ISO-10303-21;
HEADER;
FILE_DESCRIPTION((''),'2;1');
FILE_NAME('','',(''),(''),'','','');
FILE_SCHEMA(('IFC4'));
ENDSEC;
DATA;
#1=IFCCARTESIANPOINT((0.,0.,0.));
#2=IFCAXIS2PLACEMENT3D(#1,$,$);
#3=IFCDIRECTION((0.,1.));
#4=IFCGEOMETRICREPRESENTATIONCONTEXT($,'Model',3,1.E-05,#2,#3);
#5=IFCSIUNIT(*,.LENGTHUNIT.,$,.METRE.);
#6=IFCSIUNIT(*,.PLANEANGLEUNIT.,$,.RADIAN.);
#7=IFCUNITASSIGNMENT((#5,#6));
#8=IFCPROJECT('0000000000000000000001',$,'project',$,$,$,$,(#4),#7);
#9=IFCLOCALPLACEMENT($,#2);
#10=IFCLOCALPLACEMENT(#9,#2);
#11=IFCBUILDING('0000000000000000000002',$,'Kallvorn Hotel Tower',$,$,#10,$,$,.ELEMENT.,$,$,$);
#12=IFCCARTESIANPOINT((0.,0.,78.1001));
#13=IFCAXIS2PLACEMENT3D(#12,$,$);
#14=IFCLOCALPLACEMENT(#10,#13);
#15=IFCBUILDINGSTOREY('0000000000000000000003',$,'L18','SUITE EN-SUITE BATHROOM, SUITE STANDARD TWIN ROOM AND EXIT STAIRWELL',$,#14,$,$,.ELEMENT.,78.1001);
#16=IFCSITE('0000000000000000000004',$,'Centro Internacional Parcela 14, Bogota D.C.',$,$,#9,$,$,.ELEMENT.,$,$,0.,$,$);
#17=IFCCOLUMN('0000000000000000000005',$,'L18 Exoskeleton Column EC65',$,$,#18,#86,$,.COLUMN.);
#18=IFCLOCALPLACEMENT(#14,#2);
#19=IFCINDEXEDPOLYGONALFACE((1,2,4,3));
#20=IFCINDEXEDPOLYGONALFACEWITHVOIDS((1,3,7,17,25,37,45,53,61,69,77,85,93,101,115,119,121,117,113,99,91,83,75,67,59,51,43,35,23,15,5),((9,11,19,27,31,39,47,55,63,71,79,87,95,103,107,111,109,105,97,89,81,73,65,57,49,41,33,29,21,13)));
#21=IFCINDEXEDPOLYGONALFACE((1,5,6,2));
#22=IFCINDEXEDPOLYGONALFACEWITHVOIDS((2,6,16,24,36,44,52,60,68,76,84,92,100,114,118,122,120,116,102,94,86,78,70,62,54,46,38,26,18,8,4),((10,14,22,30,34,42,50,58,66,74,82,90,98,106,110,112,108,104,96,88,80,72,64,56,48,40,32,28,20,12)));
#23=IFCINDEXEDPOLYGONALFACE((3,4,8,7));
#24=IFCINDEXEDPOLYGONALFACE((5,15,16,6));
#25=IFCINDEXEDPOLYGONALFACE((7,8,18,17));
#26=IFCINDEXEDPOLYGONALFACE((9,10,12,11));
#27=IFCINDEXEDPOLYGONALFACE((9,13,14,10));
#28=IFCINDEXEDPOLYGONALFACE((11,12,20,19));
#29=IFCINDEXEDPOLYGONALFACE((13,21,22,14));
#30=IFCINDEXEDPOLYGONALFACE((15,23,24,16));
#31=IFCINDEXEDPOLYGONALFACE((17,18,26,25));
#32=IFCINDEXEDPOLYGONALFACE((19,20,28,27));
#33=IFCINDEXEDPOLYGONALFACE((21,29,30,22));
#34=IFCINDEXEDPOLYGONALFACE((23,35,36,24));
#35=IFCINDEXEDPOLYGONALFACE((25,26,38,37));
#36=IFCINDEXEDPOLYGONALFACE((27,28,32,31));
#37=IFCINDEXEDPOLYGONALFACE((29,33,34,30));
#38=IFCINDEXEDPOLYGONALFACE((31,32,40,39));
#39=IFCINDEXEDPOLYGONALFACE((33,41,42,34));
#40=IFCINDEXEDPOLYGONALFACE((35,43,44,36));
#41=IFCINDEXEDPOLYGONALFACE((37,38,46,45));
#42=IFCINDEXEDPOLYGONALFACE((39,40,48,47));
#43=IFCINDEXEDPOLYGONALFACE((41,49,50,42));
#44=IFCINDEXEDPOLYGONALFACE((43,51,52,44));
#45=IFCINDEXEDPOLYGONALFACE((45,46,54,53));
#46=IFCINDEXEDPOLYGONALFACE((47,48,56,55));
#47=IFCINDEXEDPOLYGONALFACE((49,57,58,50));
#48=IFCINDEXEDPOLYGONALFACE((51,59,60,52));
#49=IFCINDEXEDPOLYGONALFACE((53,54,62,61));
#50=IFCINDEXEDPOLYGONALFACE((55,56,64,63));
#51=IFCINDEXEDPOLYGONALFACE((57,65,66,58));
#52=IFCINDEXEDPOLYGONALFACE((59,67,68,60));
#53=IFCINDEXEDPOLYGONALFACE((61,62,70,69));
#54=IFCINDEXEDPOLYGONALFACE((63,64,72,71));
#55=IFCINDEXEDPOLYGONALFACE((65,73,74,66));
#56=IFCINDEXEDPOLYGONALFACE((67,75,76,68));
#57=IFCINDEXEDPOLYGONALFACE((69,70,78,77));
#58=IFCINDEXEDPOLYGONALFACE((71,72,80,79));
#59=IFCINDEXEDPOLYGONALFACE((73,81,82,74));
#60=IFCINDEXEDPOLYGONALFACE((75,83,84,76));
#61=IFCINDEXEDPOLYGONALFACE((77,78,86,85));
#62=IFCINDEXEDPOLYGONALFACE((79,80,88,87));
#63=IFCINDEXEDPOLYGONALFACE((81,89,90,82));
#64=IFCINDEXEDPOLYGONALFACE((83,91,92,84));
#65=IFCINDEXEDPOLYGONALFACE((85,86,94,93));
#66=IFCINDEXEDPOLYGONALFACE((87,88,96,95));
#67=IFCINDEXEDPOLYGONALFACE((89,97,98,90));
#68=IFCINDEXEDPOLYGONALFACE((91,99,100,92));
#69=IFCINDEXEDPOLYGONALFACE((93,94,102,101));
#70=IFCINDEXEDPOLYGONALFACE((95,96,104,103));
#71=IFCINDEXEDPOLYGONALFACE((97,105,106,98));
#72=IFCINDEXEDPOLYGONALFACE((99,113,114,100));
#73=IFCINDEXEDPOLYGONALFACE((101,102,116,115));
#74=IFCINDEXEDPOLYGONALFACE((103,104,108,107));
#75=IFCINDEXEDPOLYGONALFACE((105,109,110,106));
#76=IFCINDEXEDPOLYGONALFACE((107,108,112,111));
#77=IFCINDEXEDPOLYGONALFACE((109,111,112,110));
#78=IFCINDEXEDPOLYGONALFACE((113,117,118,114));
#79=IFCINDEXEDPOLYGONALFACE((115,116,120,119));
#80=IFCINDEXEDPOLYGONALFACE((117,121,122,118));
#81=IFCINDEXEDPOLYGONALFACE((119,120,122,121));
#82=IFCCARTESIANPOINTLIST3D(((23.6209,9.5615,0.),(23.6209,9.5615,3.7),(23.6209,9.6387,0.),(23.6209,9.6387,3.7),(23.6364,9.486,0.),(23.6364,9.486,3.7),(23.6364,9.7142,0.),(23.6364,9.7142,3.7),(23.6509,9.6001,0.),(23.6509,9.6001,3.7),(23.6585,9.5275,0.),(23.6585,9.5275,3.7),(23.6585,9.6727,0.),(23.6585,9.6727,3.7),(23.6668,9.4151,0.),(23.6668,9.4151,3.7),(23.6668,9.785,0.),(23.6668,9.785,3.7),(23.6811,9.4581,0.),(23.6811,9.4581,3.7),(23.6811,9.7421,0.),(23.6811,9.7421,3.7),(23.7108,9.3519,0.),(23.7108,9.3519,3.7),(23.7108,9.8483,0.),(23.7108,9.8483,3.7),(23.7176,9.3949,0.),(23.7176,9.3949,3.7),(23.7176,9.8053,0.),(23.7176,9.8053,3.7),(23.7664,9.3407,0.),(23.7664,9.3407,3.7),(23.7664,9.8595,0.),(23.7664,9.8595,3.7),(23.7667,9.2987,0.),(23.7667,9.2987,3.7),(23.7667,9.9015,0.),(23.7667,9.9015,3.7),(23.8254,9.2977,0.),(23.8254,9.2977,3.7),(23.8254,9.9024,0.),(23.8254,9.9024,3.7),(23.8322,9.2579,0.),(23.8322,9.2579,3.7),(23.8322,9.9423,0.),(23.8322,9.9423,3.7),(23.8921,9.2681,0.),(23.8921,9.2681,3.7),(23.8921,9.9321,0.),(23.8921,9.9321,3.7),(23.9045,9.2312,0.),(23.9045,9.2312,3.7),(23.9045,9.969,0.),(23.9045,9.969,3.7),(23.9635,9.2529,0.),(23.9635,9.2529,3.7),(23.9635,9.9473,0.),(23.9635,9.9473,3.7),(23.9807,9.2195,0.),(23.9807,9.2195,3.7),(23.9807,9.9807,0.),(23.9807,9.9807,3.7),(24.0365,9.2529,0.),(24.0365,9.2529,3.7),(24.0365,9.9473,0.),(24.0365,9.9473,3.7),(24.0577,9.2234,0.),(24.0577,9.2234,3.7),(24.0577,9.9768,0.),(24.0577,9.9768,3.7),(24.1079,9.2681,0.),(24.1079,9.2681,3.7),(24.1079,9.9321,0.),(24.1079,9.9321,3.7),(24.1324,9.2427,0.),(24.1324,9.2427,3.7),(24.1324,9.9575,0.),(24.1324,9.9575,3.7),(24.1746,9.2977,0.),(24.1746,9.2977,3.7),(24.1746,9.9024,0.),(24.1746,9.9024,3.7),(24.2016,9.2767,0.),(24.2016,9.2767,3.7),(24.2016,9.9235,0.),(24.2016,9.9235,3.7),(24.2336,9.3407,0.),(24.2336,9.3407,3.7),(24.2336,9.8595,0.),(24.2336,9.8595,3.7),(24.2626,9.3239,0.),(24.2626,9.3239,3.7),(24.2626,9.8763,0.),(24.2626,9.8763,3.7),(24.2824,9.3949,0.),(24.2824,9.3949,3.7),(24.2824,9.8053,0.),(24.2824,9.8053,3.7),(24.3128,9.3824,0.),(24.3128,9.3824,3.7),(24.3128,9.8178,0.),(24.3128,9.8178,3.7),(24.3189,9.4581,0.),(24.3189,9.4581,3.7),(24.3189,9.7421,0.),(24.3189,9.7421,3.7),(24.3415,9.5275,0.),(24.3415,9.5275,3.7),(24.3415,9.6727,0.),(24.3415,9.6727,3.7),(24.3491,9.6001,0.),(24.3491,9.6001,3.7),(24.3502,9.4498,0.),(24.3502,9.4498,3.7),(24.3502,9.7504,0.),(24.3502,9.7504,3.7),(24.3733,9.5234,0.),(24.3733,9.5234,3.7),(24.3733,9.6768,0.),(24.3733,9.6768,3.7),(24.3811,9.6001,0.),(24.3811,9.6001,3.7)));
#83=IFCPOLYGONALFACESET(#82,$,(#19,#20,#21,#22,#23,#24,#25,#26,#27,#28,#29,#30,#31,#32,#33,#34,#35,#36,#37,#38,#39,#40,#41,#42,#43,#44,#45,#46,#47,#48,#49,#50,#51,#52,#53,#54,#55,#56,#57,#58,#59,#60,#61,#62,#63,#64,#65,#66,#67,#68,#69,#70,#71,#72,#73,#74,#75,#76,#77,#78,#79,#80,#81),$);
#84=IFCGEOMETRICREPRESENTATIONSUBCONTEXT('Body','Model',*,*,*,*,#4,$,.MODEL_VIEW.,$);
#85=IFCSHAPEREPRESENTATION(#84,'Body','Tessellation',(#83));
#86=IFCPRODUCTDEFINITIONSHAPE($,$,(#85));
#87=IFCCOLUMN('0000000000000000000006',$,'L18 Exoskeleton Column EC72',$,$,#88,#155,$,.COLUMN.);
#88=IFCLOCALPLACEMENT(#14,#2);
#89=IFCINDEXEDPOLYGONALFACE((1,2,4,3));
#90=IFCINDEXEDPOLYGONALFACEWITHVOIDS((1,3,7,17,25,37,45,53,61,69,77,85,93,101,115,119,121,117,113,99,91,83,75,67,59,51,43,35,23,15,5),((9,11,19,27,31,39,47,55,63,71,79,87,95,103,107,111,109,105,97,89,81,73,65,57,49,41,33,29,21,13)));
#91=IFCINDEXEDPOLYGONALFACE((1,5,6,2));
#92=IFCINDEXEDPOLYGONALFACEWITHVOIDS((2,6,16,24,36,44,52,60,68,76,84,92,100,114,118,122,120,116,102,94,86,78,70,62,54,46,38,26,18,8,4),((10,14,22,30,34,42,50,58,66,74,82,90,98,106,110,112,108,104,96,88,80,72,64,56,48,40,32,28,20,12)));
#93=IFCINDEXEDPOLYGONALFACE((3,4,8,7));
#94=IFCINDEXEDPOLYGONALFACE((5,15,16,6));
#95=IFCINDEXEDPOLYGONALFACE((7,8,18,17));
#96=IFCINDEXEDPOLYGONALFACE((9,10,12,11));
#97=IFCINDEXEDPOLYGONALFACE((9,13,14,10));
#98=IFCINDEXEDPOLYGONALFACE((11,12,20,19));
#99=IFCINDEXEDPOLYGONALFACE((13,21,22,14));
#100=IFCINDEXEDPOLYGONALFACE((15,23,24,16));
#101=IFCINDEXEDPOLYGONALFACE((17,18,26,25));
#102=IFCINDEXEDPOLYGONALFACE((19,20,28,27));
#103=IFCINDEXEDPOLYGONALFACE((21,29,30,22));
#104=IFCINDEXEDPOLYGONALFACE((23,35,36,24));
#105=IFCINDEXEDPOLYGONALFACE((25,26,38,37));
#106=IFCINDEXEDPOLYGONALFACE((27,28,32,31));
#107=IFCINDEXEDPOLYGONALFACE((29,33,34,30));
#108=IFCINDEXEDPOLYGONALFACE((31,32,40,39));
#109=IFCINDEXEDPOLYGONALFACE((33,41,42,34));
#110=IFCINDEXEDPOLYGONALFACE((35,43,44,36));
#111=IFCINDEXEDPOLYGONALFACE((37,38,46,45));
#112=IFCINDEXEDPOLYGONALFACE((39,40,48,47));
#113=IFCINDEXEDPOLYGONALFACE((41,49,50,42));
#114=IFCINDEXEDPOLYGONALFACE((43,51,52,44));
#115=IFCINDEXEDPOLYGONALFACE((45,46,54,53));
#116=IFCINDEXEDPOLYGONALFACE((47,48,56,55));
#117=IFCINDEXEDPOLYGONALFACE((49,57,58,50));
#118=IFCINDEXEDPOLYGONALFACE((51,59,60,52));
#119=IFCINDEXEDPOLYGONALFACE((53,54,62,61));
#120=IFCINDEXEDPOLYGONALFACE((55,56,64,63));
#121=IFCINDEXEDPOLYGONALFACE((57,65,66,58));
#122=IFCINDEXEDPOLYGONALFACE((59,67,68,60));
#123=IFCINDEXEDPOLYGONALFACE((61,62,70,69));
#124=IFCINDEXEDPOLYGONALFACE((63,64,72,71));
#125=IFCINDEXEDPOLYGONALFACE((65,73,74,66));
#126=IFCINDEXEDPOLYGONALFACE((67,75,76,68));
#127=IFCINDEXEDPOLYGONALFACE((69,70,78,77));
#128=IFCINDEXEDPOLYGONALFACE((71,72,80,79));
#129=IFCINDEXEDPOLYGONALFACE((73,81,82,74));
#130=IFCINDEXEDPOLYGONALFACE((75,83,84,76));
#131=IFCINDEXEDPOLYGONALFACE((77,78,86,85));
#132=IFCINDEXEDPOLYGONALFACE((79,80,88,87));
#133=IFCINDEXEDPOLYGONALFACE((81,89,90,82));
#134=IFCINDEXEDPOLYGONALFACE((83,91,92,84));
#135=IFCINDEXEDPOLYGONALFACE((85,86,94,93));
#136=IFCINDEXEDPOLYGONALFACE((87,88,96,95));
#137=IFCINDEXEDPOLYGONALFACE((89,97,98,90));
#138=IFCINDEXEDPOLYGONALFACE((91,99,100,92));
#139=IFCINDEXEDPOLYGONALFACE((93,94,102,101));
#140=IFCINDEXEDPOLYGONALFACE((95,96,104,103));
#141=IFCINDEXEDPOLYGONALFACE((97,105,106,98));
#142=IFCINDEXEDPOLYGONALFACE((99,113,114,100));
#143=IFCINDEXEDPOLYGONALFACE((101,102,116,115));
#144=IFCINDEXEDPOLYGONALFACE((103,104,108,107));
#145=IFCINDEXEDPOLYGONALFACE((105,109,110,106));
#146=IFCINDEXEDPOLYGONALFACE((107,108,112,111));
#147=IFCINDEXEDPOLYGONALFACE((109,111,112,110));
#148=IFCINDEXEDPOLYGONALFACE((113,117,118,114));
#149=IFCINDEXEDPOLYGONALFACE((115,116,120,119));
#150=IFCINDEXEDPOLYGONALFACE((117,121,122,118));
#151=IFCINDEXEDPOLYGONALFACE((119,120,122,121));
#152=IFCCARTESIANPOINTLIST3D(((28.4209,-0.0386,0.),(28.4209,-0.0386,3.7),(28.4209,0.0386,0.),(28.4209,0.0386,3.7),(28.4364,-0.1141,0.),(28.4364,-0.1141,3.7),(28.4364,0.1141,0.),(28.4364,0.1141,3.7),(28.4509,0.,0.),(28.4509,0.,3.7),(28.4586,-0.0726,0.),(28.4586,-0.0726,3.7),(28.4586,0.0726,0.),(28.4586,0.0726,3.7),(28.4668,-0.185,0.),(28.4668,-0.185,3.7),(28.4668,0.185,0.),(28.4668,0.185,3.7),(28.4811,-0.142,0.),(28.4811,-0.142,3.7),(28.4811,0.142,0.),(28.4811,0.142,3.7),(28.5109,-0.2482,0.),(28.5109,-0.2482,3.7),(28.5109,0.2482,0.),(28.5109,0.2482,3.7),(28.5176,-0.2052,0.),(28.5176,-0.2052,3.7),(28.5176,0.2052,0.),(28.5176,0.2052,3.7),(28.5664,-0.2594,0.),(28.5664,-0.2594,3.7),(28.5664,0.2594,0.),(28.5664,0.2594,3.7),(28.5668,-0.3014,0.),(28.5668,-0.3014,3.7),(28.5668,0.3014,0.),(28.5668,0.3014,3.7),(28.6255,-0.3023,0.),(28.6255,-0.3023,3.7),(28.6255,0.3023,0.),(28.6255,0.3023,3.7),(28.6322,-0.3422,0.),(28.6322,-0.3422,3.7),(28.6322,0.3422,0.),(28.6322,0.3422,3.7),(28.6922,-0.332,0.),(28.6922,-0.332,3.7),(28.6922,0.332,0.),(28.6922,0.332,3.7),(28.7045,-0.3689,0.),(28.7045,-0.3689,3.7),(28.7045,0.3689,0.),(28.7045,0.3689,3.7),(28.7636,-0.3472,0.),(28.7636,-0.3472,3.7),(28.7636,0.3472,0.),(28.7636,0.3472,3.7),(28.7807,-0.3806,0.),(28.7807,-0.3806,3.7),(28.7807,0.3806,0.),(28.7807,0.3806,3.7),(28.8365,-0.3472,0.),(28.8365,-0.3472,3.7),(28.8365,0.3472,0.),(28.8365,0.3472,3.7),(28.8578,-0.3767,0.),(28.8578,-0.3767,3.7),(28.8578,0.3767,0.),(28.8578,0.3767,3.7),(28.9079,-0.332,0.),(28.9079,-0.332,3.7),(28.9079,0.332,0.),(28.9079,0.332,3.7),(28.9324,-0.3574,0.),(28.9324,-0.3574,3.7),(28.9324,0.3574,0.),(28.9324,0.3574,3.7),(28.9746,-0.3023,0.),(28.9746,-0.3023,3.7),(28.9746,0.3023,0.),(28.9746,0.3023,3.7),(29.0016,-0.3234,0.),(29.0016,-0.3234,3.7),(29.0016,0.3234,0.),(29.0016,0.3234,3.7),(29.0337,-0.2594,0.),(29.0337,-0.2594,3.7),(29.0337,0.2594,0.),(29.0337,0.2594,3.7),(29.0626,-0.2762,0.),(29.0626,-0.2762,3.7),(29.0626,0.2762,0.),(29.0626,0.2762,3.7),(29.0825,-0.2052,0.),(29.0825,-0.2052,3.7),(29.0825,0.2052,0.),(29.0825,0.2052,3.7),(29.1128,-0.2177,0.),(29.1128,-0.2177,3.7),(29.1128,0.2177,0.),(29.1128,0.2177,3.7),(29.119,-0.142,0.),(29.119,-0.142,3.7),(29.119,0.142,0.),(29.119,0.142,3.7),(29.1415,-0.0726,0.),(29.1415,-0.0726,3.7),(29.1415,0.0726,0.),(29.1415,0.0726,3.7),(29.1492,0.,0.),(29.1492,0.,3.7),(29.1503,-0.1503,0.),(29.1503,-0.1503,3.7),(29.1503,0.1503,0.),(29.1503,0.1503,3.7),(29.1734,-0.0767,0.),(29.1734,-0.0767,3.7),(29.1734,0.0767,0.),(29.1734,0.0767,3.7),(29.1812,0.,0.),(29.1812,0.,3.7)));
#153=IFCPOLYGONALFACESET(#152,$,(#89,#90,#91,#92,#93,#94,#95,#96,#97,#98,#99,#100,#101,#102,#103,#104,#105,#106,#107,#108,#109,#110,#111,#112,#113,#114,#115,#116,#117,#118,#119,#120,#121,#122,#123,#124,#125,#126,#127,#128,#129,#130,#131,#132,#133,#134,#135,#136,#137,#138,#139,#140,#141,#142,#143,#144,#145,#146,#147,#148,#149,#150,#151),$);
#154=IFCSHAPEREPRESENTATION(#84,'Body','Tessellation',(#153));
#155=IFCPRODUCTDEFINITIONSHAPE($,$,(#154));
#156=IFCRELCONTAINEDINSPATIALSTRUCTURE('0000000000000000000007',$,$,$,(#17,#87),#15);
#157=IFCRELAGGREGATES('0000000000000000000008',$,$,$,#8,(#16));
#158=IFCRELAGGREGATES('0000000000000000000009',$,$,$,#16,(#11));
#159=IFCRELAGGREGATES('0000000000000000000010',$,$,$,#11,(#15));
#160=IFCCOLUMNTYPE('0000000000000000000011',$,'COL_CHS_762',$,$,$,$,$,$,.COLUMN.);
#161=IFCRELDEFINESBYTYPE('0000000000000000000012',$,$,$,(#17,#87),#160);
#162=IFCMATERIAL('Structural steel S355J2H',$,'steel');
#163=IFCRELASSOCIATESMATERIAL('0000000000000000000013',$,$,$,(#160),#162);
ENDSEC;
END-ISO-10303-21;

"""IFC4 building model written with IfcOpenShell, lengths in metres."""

from ifc_helpers import new_model, si_unit, direction, frame, origin, origin_2d, place, context, subcontext, project, spatial, hollow_circle, extrude, material, material_profile, profile_set, type_object, element, save


model = new_model("IFC4")

# Units and contexts
model_context = context("Model", 3, precision=1e-05, world=origin(), true_north=direction((0.0, 1.0)))
body_context = subcontext(model_context, "Body", "Model", "MODEL_VIEW")
ifc_project = project(units=[si_unit("LENGTHUNIT", "METRE"), si_unit("PLANEANGLEUNIT", "RADIAN")], contexts=[model_context])

# Site, building, storey
site_placement = place(None, origin())
site = spatial("IfcSite", under=ifc_project, at=site_placement, Name="Centro Internacional Parcela 14, Bogota D.C.", CompositionType="ELEMENT", RefElevation=0.0)
building_placement = place(site_placement, origin())
building = spatial("IfcBuilding", under=site, at=building_placement, Name="Kallvorn Hotel Tower", CompositionType="ELEMENT")
storey_placement = place(building_placement, frame((0.0, 0.0, 78.1001)))
storey = spatial("IfcBuildingStorey", under=building, at=storey_placement, Name="L18", Description="SUITE EN-SUITE BATHROOM, SUITE STANDARD TWIN ROOM AND EXIT STAIRWELL", CompositionType="ELEMENT", Elevation=78.1001)

# Columns
ifc_material_1 = material(Name="Structural steel S355J2H", Category="steel")
ifc_material_profile_1 = material_profile(ifc_material_1, hollow_circle(Radius=0.3811, WallThickness=0.032, at=origin_2d()), Name="CHS 762x32")
ifc_profile_set_1 = profile_set([ifc_material_profile_1], Name="Structural steel S355J2H")
column_type_1 = type_object("IfcColumnType", Name="COL_CHS_762", PredefinedType="COLUMN", material=ifc_profile_set_1)
for number, where, z_axis, x_axis, name in (
    (1, (24.0, 9.6001, 0.0), (0.0, 0.0, 1.0), (1.0, 0.0, 0.0), "L18 Exoskeleton Column EC65"),
    (2, (28.8, 0.0, 0.0), (0.0, 0.0, 1.0), (1.0, 0.0, 0.0), "L18 Exoskeleton Column EC72"),
):
    element("IfcColumn", number, at=place(storey_placement, frame(where, z_axis=z_axis, x_axis=x_axis)), inside=storey, type_object=column_type_1, Name=name, PredefinedType="COLUMN", context=body_context, shape_type="SweptSolid", body=[
        extrude(hollow_circle(Radius=0.3811, WallThickness=0.032, at=origin_2d()), origin(), (0.0, 0.0, 1.0), 3.7),
    ])

save(model, "model.ifc")
